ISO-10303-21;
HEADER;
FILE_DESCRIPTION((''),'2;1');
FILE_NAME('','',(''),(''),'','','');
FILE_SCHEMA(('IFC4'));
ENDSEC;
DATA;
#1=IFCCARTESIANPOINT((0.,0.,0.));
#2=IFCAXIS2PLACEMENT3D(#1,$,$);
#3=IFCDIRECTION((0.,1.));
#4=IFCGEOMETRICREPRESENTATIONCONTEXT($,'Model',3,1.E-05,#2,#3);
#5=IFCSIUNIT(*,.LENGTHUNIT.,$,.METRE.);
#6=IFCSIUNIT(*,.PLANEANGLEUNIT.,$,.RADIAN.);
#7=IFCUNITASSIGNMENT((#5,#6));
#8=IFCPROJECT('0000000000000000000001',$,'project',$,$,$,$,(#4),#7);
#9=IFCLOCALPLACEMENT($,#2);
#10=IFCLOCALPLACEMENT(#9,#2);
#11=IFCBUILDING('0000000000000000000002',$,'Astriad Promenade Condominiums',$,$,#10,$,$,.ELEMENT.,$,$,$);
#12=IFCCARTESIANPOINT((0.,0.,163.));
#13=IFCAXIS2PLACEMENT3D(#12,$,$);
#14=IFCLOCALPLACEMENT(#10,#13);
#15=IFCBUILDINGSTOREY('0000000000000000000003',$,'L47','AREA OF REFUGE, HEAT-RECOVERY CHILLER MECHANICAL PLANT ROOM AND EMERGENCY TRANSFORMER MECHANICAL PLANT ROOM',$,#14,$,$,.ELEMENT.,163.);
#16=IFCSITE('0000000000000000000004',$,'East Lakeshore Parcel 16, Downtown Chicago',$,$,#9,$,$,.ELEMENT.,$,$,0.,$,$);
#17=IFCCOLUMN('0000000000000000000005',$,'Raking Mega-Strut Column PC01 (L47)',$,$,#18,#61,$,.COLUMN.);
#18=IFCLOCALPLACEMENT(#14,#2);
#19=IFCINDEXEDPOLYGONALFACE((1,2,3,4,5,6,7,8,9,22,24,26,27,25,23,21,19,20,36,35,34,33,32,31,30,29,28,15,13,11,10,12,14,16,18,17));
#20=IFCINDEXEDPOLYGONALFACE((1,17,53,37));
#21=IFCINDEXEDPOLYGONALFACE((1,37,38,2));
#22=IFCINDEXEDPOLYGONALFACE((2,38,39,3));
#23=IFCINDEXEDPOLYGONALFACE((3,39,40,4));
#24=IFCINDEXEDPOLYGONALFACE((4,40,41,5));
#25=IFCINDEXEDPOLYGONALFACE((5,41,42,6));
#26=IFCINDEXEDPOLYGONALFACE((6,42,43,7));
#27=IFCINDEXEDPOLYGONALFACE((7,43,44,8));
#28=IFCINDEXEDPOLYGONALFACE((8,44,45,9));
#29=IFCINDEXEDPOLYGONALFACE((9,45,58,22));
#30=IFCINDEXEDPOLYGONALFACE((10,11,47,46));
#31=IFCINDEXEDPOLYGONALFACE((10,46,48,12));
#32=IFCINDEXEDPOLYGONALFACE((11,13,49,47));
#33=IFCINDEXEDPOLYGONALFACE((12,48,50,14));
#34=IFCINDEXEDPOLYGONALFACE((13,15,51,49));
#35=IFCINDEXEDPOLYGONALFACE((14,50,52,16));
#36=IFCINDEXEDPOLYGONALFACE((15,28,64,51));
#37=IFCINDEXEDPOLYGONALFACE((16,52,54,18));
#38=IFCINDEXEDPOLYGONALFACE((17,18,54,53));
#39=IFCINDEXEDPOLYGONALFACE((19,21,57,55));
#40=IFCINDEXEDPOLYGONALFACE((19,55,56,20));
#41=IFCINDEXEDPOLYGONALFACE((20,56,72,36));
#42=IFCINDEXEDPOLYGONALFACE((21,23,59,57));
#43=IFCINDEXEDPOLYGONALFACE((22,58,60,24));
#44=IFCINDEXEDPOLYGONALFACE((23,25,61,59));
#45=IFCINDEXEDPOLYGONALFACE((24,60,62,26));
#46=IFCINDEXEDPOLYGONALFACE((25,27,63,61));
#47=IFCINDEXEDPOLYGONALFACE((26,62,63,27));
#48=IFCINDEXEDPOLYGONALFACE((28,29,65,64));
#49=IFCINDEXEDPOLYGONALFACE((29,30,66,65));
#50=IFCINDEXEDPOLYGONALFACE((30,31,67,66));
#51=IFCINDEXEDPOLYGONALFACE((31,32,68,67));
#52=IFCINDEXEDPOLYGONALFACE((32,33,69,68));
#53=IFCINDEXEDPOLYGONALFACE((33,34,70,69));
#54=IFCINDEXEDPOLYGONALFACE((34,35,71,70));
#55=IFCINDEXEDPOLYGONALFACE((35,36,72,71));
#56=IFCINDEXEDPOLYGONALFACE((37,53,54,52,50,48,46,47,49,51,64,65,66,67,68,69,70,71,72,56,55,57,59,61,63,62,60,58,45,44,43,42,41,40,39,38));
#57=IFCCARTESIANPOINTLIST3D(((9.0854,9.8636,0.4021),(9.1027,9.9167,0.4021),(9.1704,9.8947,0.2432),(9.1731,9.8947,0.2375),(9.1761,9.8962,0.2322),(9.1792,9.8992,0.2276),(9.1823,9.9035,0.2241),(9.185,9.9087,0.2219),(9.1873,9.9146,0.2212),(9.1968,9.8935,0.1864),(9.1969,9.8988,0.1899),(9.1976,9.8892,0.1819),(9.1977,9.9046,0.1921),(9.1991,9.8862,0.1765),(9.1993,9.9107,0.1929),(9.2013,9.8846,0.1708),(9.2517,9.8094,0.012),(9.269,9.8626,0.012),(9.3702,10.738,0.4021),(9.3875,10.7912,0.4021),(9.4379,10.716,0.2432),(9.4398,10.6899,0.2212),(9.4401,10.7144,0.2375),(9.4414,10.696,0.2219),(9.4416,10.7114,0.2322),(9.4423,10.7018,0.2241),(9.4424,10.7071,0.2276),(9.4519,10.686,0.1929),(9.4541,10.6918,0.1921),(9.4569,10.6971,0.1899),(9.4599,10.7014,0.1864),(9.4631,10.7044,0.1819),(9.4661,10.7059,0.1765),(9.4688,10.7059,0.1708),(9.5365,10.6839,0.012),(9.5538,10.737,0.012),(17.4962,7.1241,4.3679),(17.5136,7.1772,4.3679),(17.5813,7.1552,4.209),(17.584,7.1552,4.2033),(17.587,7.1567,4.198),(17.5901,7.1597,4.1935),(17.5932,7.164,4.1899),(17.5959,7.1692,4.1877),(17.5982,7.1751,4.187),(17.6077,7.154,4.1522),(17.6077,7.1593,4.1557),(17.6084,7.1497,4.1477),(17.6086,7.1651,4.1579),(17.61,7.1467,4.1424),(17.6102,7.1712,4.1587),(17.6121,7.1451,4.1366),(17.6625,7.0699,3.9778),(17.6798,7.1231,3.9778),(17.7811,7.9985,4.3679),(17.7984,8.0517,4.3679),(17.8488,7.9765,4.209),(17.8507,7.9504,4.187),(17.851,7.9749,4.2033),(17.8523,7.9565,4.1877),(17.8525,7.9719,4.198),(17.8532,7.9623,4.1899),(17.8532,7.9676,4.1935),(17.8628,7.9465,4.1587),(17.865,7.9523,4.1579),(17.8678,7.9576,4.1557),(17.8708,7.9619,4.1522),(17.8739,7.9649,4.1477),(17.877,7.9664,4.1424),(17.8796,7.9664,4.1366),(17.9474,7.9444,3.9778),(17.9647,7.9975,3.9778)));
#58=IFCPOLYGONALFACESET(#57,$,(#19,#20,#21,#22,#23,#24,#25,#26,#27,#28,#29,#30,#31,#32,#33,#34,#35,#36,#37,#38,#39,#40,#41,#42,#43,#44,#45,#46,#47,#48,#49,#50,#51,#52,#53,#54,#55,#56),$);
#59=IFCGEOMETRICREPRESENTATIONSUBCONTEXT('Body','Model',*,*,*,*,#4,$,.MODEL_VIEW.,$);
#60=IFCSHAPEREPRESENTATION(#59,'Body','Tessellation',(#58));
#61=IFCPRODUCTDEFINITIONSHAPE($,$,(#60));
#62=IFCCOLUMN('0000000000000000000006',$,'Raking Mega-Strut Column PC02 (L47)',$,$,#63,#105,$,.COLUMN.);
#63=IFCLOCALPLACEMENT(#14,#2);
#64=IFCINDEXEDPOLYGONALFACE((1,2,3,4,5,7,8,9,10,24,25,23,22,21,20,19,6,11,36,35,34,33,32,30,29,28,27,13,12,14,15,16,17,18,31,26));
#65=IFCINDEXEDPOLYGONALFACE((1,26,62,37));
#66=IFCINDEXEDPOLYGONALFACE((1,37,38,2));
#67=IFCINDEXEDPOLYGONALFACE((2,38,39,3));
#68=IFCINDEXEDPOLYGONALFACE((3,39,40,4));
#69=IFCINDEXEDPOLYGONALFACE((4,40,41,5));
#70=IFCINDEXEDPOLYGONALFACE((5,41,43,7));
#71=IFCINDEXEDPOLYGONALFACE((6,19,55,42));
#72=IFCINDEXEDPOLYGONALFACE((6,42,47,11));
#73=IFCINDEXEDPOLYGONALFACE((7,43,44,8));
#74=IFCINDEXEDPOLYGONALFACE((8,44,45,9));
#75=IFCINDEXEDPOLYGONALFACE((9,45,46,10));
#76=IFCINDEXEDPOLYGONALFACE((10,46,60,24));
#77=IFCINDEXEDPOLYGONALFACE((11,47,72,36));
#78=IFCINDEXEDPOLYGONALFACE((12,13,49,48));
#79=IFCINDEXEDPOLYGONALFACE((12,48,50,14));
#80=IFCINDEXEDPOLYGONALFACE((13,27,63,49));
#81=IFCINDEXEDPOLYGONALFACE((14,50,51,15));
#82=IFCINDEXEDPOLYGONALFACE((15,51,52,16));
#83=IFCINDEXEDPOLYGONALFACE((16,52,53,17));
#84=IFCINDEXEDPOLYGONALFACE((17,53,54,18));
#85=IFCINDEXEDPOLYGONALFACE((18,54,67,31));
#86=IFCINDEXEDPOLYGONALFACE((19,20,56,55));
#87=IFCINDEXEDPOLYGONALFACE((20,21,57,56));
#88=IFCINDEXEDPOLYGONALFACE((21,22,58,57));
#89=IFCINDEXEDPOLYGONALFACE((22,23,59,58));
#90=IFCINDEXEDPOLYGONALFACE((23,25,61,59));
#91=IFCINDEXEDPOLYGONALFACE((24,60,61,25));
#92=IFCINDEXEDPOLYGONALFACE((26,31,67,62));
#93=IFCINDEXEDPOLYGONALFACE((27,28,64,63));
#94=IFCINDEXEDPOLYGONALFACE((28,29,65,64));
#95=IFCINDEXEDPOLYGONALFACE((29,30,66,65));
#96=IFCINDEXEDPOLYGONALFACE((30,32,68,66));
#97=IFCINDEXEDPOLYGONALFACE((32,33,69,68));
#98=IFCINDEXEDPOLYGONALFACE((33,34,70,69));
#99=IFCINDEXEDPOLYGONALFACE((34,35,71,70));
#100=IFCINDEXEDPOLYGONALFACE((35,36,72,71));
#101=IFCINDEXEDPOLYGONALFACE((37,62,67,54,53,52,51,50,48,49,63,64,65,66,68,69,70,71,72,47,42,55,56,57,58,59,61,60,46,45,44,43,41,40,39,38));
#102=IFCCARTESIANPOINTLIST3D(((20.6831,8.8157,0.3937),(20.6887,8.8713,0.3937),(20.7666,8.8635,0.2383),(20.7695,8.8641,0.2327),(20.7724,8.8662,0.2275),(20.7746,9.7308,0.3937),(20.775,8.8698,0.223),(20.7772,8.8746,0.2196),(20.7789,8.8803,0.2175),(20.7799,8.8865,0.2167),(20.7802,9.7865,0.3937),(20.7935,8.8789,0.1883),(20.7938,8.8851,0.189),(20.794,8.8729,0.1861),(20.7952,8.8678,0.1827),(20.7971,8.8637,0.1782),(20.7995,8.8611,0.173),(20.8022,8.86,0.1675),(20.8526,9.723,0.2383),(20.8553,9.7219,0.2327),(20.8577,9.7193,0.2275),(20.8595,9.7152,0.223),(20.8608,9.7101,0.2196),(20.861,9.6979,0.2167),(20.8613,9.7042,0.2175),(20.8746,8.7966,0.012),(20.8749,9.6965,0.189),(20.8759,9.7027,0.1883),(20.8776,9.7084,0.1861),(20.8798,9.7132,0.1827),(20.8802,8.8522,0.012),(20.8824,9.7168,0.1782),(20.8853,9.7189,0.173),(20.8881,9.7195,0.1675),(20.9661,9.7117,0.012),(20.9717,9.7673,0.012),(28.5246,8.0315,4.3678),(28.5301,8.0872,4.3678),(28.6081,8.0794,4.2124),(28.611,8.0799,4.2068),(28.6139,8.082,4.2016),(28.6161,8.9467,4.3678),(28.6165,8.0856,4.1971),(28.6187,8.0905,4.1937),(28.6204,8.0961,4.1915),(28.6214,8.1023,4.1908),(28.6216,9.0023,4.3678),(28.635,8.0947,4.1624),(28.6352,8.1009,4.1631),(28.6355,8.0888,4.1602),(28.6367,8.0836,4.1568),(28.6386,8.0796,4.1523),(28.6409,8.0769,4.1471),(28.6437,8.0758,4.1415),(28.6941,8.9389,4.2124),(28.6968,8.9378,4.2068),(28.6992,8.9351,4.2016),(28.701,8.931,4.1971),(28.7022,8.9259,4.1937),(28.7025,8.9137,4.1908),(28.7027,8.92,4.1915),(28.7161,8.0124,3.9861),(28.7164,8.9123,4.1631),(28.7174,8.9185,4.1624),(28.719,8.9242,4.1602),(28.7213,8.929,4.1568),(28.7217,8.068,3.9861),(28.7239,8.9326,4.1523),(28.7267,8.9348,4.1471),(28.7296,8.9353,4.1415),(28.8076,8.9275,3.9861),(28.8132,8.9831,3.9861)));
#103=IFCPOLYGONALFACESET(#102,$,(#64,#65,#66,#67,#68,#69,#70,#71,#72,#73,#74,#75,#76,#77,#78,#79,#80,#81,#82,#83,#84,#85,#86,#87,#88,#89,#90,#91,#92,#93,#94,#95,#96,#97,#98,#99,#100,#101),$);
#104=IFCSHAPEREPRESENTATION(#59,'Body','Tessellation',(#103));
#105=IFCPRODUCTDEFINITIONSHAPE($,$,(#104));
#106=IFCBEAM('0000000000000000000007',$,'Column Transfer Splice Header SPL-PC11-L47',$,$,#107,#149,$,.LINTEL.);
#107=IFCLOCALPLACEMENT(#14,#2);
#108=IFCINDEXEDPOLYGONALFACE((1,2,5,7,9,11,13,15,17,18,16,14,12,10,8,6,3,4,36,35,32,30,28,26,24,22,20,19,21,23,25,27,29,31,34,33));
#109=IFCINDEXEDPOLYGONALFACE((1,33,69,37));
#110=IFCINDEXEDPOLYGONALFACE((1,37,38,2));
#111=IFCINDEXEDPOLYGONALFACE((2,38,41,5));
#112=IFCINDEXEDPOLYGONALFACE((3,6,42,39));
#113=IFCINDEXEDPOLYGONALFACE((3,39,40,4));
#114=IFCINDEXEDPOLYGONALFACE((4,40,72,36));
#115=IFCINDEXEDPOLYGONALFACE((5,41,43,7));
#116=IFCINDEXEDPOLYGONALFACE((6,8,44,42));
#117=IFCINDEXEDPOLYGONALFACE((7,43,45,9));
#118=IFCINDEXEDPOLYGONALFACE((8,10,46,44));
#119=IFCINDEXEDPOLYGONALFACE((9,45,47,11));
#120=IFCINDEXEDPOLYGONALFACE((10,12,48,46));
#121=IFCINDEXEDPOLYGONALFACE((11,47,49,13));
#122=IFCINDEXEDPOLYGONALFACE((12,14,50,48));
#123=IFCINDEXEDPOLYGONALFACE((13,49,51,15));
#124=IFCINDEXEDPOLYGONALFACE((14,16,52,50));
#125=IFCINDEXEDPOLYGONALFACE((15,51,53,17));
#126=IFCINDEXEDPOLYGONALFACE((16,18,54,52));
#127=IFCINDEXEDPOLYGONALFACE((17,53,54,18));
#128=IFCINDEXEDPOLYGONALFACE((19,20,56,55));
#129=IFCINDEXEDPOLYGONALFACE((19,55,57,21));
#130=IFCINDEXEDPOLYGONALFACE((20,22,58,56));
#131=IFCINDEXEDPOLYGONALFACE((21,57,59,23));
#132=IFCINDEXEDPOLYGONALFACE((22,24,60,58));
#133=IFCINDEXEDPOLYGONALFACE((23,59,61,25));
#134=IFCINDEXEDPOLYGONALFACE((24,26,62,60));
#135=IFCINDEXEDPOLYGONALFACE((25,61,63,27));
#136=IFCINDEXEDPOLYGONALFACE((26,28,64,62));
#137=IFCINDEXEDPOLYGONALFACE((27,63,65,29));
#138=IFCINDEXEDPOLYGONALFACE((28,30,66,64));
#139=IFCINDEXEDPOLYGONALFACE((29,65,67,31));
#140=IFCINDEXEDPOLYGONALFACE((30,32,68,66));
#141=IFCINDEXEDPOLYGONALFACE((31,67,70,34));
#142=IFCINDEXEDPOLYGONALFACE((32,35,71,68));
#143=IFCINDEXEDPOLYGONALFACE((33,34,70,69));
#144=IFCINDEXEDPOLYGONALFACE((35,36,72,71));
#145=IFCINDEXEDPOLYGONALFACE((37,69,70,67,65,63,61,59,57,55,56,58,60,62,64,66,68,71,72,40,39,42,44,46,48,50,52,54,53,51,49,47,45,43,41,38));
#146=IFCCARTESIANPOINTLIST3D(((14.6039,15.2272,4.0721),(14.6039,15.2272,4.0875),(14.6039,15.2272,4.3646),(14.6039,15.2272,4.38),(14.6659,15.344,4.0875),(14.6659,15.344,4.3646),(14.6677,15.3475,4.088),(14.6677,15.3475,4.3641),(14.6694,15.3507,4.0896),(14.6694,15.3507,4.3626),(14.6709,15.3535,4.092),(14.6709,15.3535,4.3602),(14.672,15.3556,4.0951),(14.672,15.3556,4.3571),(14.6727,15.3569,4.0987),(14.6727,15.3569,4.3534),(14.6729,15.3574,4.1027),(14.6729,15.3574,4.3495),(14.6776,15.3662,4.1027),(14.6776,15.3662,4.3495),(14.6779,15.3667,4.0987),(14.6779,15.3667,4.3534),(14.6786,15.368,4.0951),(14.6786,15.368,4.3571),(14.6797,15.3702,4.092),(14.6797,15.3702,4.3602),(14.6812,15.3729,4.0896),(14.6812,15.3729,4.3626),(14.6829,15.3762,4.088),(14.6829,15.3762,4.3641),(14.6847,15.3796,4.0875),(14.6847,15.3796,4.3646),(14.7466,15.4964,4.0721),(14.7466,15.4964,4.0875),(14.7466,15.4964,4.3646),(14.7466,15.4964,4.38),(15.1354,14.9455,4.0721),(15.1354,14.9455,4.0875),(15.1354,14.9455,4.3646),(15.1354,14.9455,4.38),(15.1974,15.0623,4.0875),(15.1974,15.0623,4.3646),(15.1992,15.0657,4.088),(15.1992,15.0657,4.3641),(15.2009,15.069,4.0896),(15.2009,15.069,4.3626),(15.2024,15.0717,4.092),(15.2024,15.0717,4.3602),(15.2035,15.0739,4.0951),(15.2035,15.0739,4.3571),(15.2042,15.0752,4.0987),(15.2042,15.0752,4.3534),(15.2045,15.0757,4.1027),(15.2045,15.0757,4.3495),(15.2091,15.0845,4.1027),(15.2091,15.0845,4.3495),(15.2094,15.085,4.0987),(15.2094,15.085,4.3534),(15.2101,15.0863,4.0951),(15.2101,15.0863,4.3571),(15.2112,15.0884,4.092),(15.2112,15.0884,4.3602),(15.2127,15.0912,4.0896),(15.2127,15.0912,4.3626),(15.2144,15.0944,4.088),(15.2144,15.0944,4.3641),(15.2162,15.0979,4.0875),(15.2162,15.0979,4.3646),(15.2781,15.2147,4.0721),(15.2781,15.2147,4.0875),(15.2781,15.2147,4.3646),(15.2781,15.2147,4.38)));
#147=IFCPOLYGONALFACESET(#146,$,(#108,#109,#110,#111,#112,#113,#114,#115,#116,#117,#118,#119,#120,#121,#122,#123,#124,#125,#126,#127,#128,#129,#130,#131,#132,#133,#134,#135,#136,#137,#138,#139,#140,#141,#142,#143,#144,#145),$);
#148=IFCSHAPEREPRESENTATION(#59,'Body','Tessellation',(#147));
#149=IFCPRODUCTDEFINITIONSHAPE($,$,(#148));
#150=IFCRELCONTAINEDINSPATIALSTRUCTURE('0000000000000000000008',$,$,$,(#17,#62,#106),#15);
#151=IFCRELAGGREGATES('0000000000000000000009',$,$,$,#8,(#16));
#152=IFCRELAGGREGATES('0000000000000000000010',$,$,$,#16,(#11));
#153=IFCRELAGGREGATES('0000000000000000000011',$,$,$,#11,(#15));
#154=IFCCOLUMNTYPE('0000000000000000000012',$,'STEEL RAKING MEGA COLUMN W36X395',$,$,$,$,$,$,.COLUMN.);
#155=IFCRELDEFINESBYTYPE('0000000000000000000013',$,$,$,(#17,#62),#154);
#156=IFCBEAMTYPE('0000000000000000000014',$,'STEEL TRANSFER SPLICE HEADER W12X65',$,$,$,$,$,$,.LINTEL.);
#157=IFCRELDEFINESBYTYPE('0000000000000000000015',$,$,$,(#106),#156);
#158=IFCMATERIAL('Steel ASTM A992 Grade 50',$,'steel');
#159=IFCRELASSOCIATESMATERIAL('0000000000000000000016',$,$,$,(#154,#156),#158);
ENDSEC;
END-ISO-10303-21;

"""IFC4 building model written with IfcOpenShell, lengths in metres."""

from ifc_helpers import new_model, si_unit, direction, frame, origin, origin_2d, place, context, subcontext, project, spatial, i_section, extrude, source, transform, mapped, material, material_profile, profile_set, type_object, type_shapes, element, save


model = new_model("IFC4")

# Units and contexts
model_context = context("Model", 3, precision=1e-05, world=origin(), true_north=direction((0.0, 1.0)))
body_context = subcontext(model_context, "Body", "Model", "MODEL_VIEW")
ifc_project = project(units=[si_unit("LENGTHUNIT", "METRE"), si_unit("PLANEANGLEUNIT", "RADIAN")], contexts=[model_context])

# Site, building, storey
site_placement = place(None, origin())
site = spatial("IfcSite", under=ifc_project, at=site_placement, Name="East Lakeshore Parcel 16, Downtown Chicago", CompositionType="ELEMENT", RefElevation=0.0)
building_placement = place(site_placement, origin())
building = spatial("IfcBuilding", under=site, at=building_placement, Name="Astriad Promenade Condominiums", CompositionType="ELEMENT")
storey_placement = place(building_placement, frame((0.0, 0.0, 163.0)))
storey = spatial("IfcBuildingStorey", under=building, at=storey_placement, Name="L47", Description="AREA OF REFUGE, HEAT-RECOVERY CHILLER MECHANICAL PLANT ROOM AND EMERGENCY TRANSFORMER MECHANICAL PLANT ROOM", CompositionType="ELEMENT", Elevation=163.0)

# Columns
ifc_material_1 = material(Name="Steel ASTM A992 Grade 50", Category="steel")
ifc_material_profile_1 = material_profile(ifc_material_1, i_section(OverallWidth=0.4275, OverallDepth=0.9756, WebThickness=0.031, FlangeThickness=0.0559, FilletRadius=0.0242, at=origin_2d()), Name="W36X395")
ifc_profile_set_1 = profile_set([ifc_material_profile_1], Name="Steel ASTM A992 Grade 50")
column_type = type_object("IfcColumnType", Name="STEEL RAKING MEGA COLUMN W36X395", PredefinedType="COLUMN", material=ifc_profile_set_1)
shared_shape_1 = source(origin(), body_context, "Body", "SweptSolid", [
    extrude(i_section(OverallWidth=0.4275, OverallDepth=0.9756, WebThickness=0.031, FlangeThickness=0.0559, FilletRadius=0.0242, at=origin_2d()), origin(), (0.0, 0.0, 1.0), 9.6941),
])
column_1_placement = place(storey_placement, frame((9.3196, 10.3003, 0.207), z_axis=(0.867629, -0.282595, 0.409096), x_axis=(-0.388983, 0.126695, 0.912491)))
element("IfcColumn", 1, at=column_1_placement, inside=storey, type_object=column_type, Name="Raking Mega-Strut Column PC01 (L47)", PredefinedType="COLUMN", context=body_context, shape_type="MappedRepresentation", body=[
    mapped(shared_shape_1, transform((0.0, 0.0, 0.0), scale=1.0)),
])
shared_shape_2 = source(origin(), body_context, "Body", "SweptSolid", [
    extrude(i_section(OverallWidth=0.4275, OverallDepth=0.9756, WebThickness=0.031, FlangeThickness=0.0559, FilletRadius=0.0242, at=origin_2d()), origin(), (0.0, 0.0, 1.0), 8.8259),
])
type_shapes(column_type, [shared_shape_1, shared_shape_2])
column_2_placement = place(storey_placement, frame((20.8274, 9.2915, 0.2029), z_axis=(0.888459, -0.088849, 0.450274), x_axis=(-0.448039, 0.044805, 0.892891)))
element("IfcColumn", 2, at=column_2_placement, inside=storey, type_object=column_type, Name="Raking Mega-Strut Column PC02 (L47)", PredefinedType="COLUMN", context=body_context, shape_type="MappedRepresentation", body=[
    mapped(shared_shape_2, transform((0.0, 0.0, 0.0), scale=1.0)),
])

# Beam
ifc_material_profile_2 = material_profile(ifc_material_1, i_section(OverallWidth=0.3047, OverallDepth=0.3079, WebThickness=0.01, FlangeThickness=0.0154, FilletRadius=0.0151, at=origin_2d()), Name="W12X65")
ifc_profile_set_2 = profile_set([ifc_material_profile_2], Name="Steel ASTM A992 Grade 50")
beam_type_1 = type_object("IfcBeamType", Name="STEEL TRANSFER SPLICE HEADER W12X65", PredefinedType="LINTEL", material=ifc_profile_set_2)
shared_shape_3 = source(origin(), body_context, "Body", "SweptSolid", [
    extrude(i_section(OverallWidth=0.3047, OverallDepth=0.3079, WebThickness=0.01, FlangeThickness=0.0154, FilletRadius=0.0151, at=origin_2d()), origin(), (0.0, 0.0, 1.0), 0.6016),
])
beam_1_placement = place(storey_placement, frame((14.6753, 15.3618, 4.2261), z_axis=(0.883541, -0.468354, 0.0), x_axis=(0.468354, 0.883541, 0.0)))
element("IfcBeam", 3, at=beam_1_placement, inside=storey, type_object=beam_type_1, Name="Column Transfer Splice Header SPL-PC11-L47", PredefinedType="LINTEL", context=body_context, shape_type="MappedRepresentation", body=[
    mapped(shared_shape_3, transform((0.0, 0.0, 0.0), scale=1.0)),
])

save(model, "model.ifc")
